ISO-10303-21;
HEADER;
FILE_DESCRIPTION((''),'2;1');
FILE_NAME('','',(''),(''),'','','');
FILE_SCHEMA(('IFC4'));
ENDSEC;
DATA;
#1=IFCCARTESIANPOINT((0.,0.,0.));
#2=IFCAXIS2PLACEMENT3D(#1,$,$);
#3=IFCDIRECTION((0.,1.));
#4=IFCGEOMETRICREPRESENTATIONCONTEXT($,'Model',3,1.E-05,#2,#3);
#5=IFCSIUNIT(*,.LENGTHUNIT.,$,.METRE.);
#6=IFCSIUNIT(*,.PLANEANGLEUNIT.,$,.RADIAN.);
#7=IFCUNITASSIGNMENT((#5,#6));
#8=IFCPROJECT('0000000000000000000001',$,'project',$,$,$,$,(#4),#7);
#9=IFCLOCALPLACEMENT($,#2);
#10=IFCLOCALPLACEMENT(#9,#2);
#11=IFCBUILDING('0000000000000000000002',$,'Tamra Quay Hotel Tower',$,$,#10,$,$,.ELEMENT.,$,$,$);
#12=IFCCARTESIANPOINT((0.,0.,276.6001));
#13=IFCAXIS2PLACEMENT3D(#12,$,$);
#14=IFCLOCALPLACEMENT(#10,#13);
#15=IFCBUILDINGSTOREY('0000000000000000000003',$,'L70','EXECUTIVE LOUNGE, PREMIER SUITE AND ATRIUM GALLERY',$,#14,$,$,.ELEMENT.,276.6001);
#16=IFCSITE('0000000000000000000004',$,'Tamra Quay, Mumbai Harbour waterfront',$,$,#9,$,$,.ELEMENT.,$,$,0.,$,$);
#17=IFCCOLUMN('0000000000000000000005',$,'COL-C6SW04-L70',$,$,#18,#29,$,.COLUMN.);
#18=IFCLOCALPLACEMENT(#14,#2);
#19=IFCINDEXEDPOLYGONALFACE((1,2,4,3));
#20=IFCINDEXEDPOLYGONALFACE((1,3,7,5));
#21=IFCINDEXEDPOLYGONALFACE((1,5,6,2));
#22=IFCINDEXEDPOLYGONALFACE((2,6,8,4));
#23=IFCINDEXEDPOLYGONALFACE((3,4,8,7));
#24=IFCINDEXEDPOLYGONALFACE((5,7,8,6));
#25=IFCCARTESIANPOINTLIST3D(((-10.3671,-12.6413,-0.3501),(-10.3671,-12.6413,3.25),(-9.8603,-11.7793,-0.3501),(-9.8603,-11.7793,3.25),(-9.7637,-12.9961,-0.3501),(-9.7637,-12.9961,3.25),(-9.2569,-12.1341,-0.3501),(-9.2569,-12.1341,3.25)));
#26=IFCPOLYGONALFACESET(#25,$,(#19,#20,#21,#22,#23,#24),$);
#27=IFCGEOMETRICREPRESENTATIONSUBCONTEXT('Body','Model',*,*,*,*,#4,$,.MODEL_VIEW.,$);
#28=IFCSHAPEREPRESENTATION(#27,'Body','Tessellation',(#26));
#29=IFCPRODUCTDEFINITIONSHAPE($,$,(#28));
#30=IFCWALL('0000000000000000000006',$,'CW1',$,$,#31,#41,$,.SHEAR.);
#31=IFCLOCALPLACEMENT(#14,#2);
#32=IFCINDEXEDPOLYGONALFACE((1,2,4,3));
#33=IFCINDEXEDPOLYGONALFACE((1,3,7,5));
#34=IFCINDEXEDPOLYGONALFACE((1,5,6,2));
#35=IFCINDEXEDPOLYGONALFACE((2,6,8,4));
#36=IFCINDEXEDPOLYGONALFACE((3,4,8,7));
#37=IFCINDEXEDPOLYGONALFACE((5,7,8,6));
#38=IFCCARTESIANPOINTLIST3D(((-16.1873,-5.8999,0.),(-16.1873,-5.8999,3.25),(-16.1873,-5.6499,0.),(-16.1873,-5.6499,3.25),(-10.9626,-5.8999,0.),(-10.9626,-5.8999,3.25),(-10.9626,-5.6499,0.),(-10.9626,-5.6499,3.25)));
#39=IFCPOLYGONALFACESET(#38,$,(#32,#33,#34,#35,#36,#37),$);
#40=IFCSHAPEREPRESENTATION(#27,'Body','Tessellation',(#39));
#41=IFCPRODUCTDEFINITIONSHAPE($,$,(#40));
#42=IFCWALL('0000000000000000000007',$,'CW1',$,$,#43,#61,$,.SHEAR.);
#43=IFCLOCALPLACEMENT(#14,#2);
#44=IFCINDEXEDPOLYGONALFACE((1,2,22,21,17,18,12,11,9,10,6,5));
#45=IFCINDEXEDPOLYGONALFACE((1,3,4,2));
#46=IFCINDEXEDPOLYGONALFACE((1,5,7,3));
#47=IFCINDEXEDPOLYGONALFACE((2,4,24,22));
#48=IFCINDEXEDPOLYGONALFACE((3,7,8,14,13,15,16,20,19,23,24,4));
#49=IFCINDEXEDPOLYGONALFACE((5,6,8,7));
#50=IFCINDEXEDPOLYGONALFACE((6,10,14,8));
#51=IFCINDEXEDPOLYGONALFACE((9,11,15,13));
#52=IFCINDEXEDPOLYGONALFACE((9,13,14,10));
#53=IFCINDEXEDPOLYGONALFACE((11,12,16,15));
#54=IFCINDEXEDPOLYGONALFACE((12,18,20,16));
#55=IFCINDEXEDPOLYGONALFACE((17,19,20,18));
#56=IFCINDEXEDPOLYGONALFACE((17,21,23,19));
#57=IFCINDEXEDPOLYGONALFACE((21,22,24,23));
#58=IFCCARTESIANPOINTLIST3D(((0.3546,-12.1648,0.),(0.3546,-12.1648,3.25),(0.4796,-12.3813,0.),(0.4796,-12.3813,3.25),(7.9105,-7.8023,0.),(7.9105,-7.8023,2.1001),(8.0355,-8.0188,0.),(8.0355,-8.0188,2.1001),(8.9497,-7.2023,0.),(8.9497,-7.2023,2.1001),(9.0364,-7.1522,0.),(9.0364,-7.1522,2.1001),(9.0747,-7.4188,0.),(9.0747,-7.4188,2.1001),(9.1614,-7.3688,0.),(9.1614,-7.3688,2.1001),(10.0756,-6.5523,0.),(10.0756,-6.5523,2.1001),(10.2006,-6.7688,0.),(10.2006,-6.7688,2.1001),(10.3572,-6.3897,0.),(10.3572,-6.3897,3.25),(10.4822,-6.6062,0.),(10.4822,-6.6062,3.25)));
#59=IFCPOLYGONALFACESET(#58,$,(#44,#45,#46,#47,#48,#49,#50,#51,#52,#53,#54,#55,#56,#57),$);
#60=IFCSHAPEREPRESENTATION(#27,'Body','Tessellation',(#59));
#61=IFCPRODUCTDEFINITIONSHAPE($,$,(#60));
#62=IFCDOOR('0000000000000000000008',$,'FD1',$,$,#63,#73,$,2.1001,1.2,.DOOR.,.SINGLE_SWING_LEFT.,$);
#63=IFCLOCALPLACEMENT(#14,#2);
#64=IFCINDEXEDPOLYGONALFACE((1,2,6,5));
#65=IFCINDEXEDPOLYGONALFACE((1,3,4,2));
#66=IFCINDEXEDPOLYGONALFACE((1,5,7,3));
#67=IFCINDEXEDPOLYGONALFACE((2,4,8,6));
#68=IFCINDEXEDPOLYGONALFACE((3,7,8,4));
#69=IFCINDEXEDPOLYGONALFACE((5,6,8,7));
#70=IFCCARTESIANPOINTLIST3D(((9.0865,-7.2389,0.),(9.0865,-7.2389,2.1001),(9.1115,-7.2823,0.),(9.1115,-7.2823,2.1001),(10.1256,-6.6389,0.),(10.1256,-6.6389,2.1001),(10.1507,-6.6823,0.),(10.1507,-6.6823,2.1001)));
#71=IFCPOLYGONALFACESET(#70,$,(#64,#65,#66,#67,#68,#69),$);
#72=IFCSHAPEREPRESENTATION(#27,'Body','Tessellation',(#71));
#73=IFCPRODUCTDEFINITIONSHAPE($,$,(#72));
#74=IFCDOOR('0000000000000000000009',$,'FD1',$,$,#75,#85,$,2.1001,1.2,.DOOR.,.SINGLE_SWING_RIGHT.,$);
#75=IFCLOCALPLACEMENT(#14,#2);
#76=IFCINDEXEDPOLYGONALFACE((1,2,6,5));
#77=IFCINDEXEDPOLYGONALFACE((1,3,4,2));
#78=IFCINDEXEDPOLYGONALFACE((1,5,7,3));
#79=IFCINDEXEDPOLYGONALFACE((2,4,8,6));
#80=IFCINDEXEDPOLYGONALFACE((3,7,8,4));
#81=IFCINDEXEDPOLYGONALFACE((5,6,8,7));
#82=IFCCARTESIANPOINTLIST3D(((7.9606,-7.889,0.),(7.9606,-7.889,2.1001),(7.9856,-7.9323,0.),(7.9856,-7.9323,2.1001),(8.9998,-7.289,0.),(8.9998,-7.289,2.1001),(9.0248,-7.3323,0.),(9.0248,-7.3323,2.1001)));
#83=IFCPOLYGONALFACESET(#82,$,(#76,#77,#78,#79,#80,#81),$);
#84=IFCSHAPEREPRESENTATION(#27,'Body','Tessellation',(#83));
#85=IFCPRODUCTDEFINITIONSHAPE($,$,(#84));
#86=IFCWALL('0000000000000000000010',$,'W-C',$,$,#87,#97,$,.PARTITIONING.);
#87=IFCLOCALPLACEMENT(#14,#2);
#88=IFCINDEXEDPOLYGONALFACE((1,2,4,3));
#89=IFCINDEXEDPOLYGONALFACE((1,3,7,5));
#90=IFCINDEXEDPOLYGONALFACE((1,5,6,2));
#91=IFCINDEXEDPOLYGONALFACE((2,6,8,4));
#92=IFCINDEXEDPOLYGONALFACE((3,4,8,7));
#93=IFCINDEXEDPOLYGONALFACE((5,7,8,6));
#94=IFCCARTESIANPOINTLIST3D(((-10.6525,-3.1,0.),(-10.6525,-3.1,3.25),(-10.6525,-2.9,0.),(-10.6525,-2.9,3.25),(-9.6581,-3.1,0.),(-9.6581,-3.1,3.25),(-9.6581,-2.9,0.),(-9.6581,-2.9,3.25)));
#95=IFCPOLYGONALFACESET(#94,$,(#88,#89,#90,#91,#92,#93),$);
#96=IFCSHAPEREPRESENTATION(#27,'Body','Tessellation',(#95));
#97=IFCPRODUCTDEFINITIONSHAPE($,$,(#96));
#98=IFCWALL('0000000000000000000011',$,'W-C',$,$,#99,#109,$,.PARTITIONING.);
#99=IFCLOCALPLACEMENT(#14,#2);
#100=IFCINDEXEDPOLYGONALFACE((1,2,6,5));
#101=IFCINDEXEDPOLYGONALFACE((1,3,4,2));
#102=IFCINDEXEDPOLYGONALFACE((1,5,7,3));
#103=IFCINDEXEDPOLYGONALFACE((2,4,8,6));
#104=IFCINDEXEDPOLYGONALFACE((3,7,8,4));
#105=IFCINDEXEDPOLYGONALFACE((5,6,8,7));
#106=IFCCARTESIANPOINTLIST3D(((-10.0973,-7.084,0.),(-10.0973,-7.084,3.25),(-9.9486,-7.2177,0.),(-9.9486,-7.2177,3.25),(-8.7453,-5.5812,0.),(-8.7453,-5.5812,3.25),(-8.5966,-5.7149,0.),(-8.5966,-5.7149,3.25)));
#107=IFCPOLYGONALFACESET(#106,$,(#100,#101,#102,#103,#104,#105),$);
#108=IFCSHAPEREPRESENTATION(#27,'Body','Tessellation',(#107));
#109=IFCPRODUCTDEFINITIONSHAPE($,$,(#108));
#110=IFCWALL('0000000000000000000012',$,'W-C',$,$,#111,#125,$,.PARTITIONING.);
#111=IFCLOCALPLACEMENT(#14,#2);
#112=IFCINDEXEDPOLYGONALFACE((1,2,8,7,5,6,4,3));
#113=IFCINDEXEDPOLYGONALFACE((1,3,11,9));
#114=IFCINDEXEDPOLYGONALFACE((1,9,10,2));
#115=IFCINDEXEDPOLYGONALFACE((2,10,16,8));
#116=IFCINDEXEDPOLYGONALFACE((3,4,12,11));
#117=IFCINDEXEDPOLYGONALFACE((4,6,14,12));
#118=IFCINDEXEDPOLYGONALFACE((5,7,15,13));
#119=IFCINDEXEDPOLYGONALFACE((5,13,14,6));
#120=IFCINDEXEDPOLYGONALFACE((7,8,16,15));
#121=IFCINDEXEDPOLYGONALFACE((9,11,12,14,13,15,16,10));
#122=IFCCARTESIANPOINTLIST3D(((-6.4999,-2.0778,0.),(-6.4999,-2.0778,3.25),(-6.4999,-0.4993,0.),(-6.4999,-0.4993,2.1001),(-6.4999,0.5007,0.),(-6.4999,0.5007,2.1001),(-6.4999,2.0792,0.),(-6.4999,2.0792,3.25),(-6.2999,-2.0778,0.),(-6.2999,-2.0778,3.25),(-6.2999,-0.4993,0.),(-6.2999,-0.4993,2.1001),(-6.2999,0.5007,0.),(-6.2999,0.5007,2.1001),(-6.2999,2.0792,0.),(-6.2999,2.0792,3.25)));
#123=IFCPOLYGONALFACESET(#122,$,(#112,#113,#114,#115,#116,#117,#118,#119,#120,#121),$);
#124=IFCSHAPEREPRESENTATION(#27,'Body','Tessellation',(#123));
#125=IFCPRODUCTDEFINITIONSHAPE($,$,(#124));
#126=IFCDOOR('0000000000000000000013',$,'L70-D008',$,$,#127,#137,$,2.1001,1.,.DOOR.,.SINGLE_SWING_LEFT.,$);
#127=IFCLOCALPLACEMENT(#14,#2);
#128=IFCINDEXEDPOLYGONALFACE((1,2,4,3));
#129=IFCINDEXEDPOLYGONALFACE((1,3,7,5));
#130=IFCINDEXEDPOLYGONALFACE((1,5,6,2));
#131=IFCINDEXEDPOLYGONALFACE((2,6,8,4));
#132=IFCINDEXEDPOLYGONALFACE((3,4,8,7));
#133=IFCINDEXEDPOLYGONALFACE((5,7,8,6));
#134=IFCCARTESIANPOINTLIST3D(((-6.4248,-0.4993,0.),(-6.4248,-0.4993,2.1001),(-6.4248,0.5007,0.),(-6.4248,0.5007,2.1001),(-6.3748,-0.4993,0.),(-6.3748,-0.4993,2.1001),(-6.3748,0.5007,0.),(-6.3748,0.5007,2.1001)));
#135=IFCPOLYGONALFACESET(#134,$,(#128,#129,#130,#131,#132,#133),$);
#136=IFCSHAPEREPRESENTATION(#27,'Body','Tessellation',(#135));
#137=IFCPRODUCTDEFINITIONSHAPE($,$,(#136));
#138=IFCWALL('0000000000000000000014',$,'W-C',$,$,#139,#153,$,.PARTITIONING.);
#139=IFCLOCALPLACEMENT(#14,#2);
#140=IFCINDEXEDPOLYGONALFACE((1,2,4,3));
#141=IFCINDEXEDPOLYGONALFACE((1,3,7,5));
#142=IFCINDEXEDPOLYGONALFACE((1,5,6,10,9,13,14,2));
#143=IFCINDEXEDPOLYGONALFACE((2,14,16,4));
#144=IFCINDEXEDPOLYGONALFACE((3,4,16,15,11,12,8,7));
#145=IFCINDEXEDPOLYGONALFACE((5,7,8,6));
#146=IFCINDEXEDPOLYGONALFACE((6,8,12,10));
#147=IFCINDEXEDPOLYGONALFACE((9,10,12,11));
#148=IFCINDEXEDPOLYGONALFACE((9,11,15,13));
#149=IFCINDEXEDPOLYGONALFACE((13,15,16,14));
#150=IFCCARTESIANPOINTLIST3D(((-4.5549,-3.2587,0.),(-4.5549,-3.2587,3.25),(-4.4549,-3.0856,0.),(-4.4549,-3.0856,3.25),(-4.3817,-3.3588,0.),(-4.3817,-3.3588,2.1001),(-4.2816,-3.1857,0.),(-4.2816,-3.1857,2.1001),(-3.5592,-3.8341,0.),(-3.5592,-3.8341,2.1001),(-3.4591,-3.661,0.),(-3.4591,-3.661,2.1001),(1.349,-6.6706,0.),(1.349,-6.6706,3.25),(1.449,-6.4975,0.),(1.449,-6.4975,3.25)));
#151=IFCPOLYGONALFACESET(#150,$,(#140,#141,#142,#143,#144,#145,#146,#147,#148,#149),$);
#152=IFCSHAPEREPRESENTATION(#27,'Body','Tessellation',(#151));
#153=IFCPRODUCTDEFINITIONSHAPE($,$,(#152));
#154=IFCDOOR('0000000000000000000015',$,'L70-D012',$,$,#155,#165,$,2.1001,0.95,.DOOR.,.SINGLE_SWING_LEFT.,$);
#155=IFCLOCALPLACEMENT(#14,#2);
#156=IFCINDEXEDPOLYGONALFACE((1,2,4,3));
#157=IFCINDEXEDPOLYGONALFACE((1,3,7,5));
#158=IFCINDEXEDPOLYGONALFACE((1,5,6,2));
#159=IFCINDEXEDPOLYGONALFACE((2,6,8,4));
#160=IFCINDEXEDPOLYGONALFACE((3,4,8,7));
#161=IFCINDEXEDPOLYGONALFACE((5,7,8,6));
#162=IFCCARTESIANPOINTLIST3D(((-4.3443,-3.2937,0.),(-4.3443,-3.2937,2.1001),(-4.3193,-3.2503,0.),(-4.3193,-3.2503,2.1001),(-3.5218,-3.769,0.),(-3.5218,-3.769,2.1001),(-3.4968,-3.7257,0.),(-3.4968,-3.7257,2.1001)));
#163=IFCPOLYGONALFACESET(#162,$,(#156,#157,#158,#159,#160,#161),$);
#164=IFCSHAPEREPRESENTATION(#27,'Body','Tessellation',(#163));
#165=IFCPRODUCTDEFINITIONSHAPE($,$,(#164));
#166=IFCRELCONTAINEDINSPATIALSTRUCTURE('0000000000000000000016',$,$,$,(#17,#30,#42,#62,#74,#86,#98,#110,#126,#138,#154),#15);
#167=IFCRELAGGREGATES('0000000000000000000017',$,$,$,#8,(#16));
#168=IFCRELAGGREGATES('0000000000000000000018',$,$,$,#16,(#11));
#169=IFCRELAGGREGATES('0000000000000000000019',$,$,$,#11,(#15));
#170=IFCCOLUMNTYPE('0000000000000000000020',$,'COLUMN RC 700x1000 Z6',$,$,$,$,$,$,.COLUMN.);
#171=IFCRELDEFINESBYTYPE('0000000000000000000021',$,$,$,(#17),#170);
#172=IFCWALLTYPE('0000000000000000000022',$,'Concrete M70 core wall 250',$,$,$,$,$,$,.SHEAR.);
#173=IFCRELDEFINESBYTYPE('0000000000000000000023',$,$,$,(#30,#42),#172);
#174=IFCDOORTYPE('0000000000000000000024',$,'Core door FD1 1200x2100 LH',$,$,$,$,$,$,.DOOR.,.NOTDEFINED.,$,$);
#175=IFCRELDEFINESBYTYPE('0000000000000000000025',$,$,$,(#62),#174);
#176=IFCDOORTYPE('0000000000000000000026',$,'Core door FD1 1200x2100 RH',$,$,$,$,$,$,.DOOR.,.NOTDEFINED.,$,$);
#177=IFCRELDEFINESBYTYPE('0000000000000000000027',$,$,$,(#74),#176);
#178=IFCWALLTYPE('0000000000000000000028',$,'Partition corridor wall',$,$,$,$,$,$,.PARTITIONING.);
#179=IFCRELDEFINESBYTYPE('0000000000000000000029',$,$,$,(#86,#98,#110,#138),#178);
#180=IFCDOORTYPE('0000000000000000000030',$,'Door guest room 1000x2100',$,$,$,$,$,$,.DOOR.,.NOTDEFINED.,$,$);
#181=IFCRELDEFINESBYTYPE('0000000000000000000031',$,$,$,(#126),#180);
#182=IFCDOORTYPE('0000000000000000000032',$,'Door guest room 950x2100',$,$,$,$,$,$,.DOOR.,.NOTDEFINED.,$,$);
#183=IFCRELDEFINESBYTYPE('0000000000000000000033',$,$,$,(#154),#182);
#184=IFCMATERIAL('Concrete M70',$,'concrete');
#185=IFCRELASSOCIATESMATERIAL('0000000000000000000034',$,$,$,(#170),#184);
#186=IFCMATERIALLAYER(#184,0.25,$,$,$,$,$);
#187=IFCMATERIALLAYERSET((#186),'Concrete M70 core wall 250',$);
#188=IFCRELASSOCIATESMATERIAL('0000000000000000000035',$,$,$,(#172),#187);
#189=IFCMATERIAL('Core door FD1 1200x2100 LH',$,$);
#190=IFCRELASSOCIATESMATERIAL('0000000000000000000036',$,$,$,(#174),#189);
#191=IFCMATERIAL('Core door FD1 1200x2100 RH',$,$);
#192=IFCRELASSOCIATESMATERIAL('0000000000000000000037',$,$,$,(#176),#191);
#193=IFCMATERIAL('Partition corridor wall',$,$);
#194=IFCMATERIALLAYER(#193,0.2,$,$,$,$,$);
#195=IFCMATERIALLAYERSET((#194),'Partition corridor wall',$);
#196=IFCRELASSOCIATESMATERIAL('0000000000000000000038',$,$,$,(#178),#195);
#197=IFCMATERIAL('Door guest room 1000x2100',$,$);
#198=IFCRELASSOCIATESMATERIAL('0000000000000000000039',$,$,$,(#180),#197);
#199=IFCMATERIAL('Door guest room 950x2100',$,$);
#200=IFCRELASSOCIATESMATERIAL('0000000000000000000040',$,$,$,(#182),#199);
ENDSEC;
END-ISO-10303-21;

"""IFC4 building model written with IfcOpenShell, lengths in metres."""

from ifc_helpers import new_model, si_unit, direction, frame, frame_2d, origin, origin_2d, place, context, subcontext, project, spatial, rectangle, extrude, material, layer, layer_set, material_profile, profile_set, type_object, element, fill, save


model = new_model("IFC4")

# Units and contexts
model_context = context("Model", 3, precision=1e-05, world=origin(), true_north=direction((0.0, 1.0)))
body_context = subcontext(model_context, "Body", "Model", "MODEL_VIEW")
ifc_project = project(units=[si_unit("LENGTHUNIT", "METRE"), si_unit("PLANEANGLEUNIT", "RADIAN")], contexts=[model_context])

# Site, building, storey
site_placement = place(None, origin())
site = spatial("IfcSite", under=ifc_project, at=site_placement, Name="Tamra Quay, Mumbai Harbour waterfront", CompositionType="ELEMENT", RefElevation=0.0)
building_placement = place(site_placement, origin())
building = spatial("IfcBuilding", under=site, at=building_placement, Name="Tamra Quay Hotel Tower", CompositionType="ELEMENT")
storey_placement = place(building_placement, frame((0.0, 0.0, 276.6001)))
storey = spatial("IfcBuildingStorey", under=building, at=storey_placement, Name="L70", Description="EXECUTIVE LOUNGE, PREMIER SUITE AND ATRIUM GALLERY", CompositionType="ELEMENT", Elevation=276.6001)

# Column
ifc_material_1 = material(Name="Concrete M70", Category="concrete")
ifc_material_profile = material_profile(ifc_material_1, rectangle(XDim=1.0, YDim=0.7, at=origin_2d()), Name="COLUMN RC 700x1000 Z6")
ifc_profile_set = profile_set([ifc_material_profile], Name="Concrete M70")
column_type = type_object("IfcColumnType", Name="COLUMN RC 700x1000 Z6", PredefinedType="COLUMN", material=ifc_profile_set)
column_placement = place(storey_placement, frame((-9.812, -12.3877, -0.3501), z_axis=(0.0, 0.0, 1.0), x_axis=(0.506843, 0.862038, 0.0)))
element("IfcColumn", 1, at=column_placement, inside=storey, type_object=column_type, Name="COL-C6SW04-L70", PredefinedType="COLUMN", context=body_context, shape_type="SweptSolid", body=[
    extrude(rectangle(XDim=1.0, YDim=0.7, at=origin_2d()), origin(), (0.0, 0.0, 1.0), 3.6001),
])

# Wall
ifc_layer_1 = layer(ifc_material_1, 0.25)
ifc_layer_set_1 = layer_set([ifc_layer_1], Name="Concrete M70 core wall 250")
wall_type_1 = type_object("IfcWallType", Name="Concrete M70 core wall 250", PredefinedType="SHEAR", material=ifc_layer_set_1)
wall_1_placement = place(storey_placement, frame((-10.9626, -5.7749, 0.0), z_axis=(0.0, 0.0, 1.0), x_axis=(-1.0, 0.0, 0.0)))
element("IfcWall", 2, at=wall_1_placement, inside=storey, type_object=wall_type_1, Name="CW1", PredefinedType="SHEAR", context=body_context, shape_type="SweptSolid", body=[
    extrude(rectangle(XDim=5.2246, YDim=0.25, at=frame_2d((2.6123, 0.0))), origin(), (0.0, 0.0, 1.0), 3.25),
])

# Wall, openings, doors
wall_2_placement = place(storey_placement, frame((0.4172, -12.2729, 0.0), z_axis=(0.0, 0.0, 1.0), x_axis=(0.866022, 0.500006, 0.0)))
wall_2 = element("IfcWall", 3, at=wall_2_placement, inside=storey, type_object=wall_type_1, Name="CW1", PredefinedType="SHEAR", context=body_context, shape_type="SweptSolid", body=[
    extrude(rectangle(XDim=11.55, YDim=0.25, at=frame_2d((5.7749, 0.0))), origin(), (0.0, 0.0, 1.0), 3.25),
])
opening_1_placement = place(wall_2_placement, frame((10.0247, 0.0, 0.0)))
opening_1 = element("IfcOpeningElement", 4, at=opening_1_placement, cuts=wall_2, PredefinedType="OPENING", context=body_context, shape_type="SweptSolid", body=[
    extrude(rectangle(XDim=1.2, YDim=2.1001, at=frame_2d((0.6001, 1.05))), frame((0.0, 0.135, 0.0), z_axis=(0.0, -1.0, 0.0), x_axis=(1.0, 0.0, 0.0)), (0.0, 0.0, 1.0), 0.27),
])
opening_2_placement = place(wall_2_placement, frame((8.7246, 0.0, 0.0)))
opening_2 = element("IfcOpeningElement", 5, at=opening_2_placement, cuts=wall_2, PredefinedType="OPENING", context=body_context, shape_type="SweptSolid", body=[
    extrude(rectangle(XDim=1.2, YDim=2.1001, at=frame_2d((0.6001, 1.05))), frame((0.0, 0.135, 0.0), z_axis=(0.0, -1.0, 0.0), x_axis=(1.0, 0.0, 0.0)), (0.0, 0.0, 1.0), 0.27),
])
ifc_material_2 = material(Name="Core door FD1 1200x2100 LH")
door_type_1 = type_object("IfcDoorType", Name="Core door FD1 1200x2100 LH", OperationType="NOTDEFINED", PredefinedType="DOOR", material=ifc_material_2)
door_1_placement = place(opening_1_placement, origin())
door_1 = element("IfcDoor", 6, at=door_1_placement, inside=storey, type_object=door_type_1, Name="FD1", OperationType="SINGLE_SWING_LEFT", OverallHeight=2.1001, OverallWidth=1.2, PredefinedType="DOOR", context=body_context, shape_type="SweptSolid", body=[
    extrude(rectangle(XDim=1.2, YDim=2.1001, at=frame_2d((0.6001, 1.05))), frame((0.0, 0.0249, 0.0), z_axis=(0.0, -1.0, 0.0), x_axis=(1.0, 0.0, 0.0)), (0.0, 0.0, 1.0), 0.05),
])
fill(opening_1, door_1)
ifc_material_3 = material(Name="Core door FD1 1200x2100 RH")
door_type_2 = type_object("IfcDoorType", Name="Core door FD1 1200x2100 RH", OperationType="NOTDEFINED", PredefinedType="DOOR", material=ifc_material_3)
door_2_placement = place(opening_2_placement, origin())
door_2 = element("IfcDoor", 7, at=door_2_placement, inside=storey, type_object=door_type_2, Name="FD1", OperationType="SINGLE_SWING_RIGHT", OverallHeight=2.1001, OverallWidth=1.2, PredefinedType="DOOR", context=body_context, shape_type="SweptSolid", body=[
    extrude(rectangle(XDim=1.2, YDim=2.1001, at=frame_2d((0.6001, 1.05))), frame((0.0, 0.0249, 0.0), z_axis=(0.0, -1.0, 0.0), x_axis=(1.0, 0.0, 0.0)), (0.0, 0.0, 1.0), 0.05),
])
fill(opening_2, door_2)

# Walls
ifc_material_4 = material(Name="Partition corridor wall")
ifc_layer_2 = layer(ifc_material_4, 0.2)
ifc_layer_set_2 = layer_set([ifc_layer_2], Name="Partition corridor wall")
wall_type_2 = type_object("IfcWallType", Name="Partition corridor wall", PredefinedType="PARTITIONING", material=ifc_layer_set_2)
wall_3_placement = place(storey_placement, frame((-10.6523, -3.0, 0.0), z_axis=(0.0, 0.0, 1.0), x_axis=(1.0, 0.0, 0.0)))
element("IfcWall", 8, at=wall_3_placement, inside=storey, type_object=wall_type_2, Name="W-C", PredefinedType="PARTITIONING", context=body_context, shape_type="SweptSolid", body=[
    extrude(rectangle(XDim=0.9944, YDim=0.2, at=frame_2d((0.4971, 0.0))), origin(), (0.0, 0.0, 1.0), 3.25),
])
wall_4_placement = place(storey_placement, frame((-10.0229, -7.1509, 0.0), z_axis=(0.0, 0.0, 1.0), x_axis=(0.668805, 0.743438, 0.0)))
element("IfcWall", 9, at=wall_4_placement, inside=storey, type_object=wall_type_2, Name="W-C", PredefinedType="PARTITIONING", context=body_context, shape_type="SweptSolid", body=[
    extrude(rectangle(XDim=2.0215, YDim=0.2, at=frame_2d((1.0107, 0.0))), origin(), (0.0, 0.0, 1.0), 3.25),
])

# Walls, openings, doors
wall_5_placement = place(storey_placement, frame((-6.3999, -2.0779, 0.0), z_axis=(0.0, 0.0, 1.0), x_axis=(0.0, 1.0, 0.0)))
wall_5 = element("IfcWall", 10, at=wall_5_placement, inside=storey, type_object=wall_type_2, Name="W-C", PredefinedType="PARTITIONING", context=body_context, shape_type="SweptSolid", body=[
    extrude(rectangle(XDim=4.157, YDim=0.2, at=frame_2d((2.0786, 0.0))), origin(), (0.0, 0.0, 1.0), 3.25),
])
opening_3_placement = place(wall_5_placement, frame((1.5786, 0.0, 0.0)))
opening_3 = element("IfcOpeningElement", 11, at=opening_3_placement, cuts=wall_5, PredefinedType="OPENING", context=body_context, shape_type="SweptSolid", body=[
    extrude(rectangle(XDim=1.0, YDim=2.1001, at=frame_2d((0.5, 1.05))), frame((0.0, 0.1099, 0.0), z_axis=(0.0, -1.0, 0.0), x_axis=(1.0, 0.0, 0.0)), (0.0, 0.0, 1.0), 0.22),
])
ifc_material_5 = material(Name="Door guest room 1000x2100")
door_type_3 = type_object("IfcDoorType", Name="Door guest room 1000x2100", OperationType="NOTDEFINED", PredefinedType="DOOR", material=ifc_material_5)
door_3_placement = place(opening_3_placement, origin())
door_3 = element("IfcDoor", 12, at=door_3_placement, inside=storey, type_object=door_type_3, Name="L70-D008", OperationType="SINGLE_SWING_LEFT", OverallHeight=2.1001, OverallWidth=1.0, PredefinedType="DOOR", context=body_context, shape_type="SweptSolid", body=[
    extrude(rectangle(XDim=1.0, YDim=2.1001, at=frame_2d((0.5, 1.05))), frame((0.0, 0.0249, 0.0), z_axis=(0.0, -1.0, 0.0), x_axis=(1.0, 0.0, 0.0)), (0.0, 0.0, 1.0), 0.05),
])
fill(opening_3, door_3)
wall_6_placement = place(storey_placement, frame((-4.5049, -3.1721, 0.0), z_axis=(0.0, 0.0, 1.0), x_axis=(0.865816, -0.500363, 0.0)))
wall_6 = element("IfcWall", 13, at=wall_6_placement, inside=storey, type_object=wall_type_2, Name="W-C", PredefinedType="PARTITIONING", context=body_context, shape_type="SweptSolid", body=[
    extrude(rectangle(XDim=6.8188, YDim=0.2, at=frame_2d((3.4094, 0.0))), origin(), (0.0, 0.0, 1.0), 3.25),
])
opening_4_placement = place(wall_6_placement, frame((0.2, 0.0, 0.0)))
opening_4 = element("IfcOpeningElement", 14, at=opening_4_placement, cuts=wall_6, PredefinedType="OPENING", context=body_context, shape_type="SweptSolid", body=[
    extrude(rectangle(XDim=0.95, YDim=2.1001, at=frame_2d((0.4751, 1.05))), frame((0.0, 0.1099, 0.0), z_axis=(0.0, -1.0, 0.0), x_axis=(1.0, 0.0, 0.0)), (0.0, 0.0, 1.0), 0.22),
])
ifc_material_6 = material(Name="Door guest room 950x2100")
door_type_4 = type_object("IfcDoorType", Name="Door guest room 950x2100", OperationType="NOTDEFINED", PredefinedType="DOOR", material=ifc_material_6)
door_4_placement = place(opening_4_placement, frame((0.95, 0.0, 0.0), z_axis=(0.0, 0.0, 1.0), x_axis=(-1.0, 0.0, 0.0)))
door_4 = element("IfcDoor", 15, at=door_4_placement, inside=storey, type_object=door_type_4, Name="L70-D012", OperationType="SINGLE_SWING_LEFT", OverallHeight=2.1001, OverallWidth=0.95, PredefinedType="DOOR", context=body_context, shape_type="SweptSolid", body=[
    extrude(rectangle(XDim=0.95, YDim=2.1001, at=frame_2d((0.4751, 1.05))), frame((0.0, 0.0249, 0.0), z_axis=(0.0, -1.0, 0.0), x_axis=(1.0, 0.0, 0.0)), (0.0, 0.0, 1.0), 0.05),
])
fill(opening_4, door_4)

save(model, "model.ifc")
